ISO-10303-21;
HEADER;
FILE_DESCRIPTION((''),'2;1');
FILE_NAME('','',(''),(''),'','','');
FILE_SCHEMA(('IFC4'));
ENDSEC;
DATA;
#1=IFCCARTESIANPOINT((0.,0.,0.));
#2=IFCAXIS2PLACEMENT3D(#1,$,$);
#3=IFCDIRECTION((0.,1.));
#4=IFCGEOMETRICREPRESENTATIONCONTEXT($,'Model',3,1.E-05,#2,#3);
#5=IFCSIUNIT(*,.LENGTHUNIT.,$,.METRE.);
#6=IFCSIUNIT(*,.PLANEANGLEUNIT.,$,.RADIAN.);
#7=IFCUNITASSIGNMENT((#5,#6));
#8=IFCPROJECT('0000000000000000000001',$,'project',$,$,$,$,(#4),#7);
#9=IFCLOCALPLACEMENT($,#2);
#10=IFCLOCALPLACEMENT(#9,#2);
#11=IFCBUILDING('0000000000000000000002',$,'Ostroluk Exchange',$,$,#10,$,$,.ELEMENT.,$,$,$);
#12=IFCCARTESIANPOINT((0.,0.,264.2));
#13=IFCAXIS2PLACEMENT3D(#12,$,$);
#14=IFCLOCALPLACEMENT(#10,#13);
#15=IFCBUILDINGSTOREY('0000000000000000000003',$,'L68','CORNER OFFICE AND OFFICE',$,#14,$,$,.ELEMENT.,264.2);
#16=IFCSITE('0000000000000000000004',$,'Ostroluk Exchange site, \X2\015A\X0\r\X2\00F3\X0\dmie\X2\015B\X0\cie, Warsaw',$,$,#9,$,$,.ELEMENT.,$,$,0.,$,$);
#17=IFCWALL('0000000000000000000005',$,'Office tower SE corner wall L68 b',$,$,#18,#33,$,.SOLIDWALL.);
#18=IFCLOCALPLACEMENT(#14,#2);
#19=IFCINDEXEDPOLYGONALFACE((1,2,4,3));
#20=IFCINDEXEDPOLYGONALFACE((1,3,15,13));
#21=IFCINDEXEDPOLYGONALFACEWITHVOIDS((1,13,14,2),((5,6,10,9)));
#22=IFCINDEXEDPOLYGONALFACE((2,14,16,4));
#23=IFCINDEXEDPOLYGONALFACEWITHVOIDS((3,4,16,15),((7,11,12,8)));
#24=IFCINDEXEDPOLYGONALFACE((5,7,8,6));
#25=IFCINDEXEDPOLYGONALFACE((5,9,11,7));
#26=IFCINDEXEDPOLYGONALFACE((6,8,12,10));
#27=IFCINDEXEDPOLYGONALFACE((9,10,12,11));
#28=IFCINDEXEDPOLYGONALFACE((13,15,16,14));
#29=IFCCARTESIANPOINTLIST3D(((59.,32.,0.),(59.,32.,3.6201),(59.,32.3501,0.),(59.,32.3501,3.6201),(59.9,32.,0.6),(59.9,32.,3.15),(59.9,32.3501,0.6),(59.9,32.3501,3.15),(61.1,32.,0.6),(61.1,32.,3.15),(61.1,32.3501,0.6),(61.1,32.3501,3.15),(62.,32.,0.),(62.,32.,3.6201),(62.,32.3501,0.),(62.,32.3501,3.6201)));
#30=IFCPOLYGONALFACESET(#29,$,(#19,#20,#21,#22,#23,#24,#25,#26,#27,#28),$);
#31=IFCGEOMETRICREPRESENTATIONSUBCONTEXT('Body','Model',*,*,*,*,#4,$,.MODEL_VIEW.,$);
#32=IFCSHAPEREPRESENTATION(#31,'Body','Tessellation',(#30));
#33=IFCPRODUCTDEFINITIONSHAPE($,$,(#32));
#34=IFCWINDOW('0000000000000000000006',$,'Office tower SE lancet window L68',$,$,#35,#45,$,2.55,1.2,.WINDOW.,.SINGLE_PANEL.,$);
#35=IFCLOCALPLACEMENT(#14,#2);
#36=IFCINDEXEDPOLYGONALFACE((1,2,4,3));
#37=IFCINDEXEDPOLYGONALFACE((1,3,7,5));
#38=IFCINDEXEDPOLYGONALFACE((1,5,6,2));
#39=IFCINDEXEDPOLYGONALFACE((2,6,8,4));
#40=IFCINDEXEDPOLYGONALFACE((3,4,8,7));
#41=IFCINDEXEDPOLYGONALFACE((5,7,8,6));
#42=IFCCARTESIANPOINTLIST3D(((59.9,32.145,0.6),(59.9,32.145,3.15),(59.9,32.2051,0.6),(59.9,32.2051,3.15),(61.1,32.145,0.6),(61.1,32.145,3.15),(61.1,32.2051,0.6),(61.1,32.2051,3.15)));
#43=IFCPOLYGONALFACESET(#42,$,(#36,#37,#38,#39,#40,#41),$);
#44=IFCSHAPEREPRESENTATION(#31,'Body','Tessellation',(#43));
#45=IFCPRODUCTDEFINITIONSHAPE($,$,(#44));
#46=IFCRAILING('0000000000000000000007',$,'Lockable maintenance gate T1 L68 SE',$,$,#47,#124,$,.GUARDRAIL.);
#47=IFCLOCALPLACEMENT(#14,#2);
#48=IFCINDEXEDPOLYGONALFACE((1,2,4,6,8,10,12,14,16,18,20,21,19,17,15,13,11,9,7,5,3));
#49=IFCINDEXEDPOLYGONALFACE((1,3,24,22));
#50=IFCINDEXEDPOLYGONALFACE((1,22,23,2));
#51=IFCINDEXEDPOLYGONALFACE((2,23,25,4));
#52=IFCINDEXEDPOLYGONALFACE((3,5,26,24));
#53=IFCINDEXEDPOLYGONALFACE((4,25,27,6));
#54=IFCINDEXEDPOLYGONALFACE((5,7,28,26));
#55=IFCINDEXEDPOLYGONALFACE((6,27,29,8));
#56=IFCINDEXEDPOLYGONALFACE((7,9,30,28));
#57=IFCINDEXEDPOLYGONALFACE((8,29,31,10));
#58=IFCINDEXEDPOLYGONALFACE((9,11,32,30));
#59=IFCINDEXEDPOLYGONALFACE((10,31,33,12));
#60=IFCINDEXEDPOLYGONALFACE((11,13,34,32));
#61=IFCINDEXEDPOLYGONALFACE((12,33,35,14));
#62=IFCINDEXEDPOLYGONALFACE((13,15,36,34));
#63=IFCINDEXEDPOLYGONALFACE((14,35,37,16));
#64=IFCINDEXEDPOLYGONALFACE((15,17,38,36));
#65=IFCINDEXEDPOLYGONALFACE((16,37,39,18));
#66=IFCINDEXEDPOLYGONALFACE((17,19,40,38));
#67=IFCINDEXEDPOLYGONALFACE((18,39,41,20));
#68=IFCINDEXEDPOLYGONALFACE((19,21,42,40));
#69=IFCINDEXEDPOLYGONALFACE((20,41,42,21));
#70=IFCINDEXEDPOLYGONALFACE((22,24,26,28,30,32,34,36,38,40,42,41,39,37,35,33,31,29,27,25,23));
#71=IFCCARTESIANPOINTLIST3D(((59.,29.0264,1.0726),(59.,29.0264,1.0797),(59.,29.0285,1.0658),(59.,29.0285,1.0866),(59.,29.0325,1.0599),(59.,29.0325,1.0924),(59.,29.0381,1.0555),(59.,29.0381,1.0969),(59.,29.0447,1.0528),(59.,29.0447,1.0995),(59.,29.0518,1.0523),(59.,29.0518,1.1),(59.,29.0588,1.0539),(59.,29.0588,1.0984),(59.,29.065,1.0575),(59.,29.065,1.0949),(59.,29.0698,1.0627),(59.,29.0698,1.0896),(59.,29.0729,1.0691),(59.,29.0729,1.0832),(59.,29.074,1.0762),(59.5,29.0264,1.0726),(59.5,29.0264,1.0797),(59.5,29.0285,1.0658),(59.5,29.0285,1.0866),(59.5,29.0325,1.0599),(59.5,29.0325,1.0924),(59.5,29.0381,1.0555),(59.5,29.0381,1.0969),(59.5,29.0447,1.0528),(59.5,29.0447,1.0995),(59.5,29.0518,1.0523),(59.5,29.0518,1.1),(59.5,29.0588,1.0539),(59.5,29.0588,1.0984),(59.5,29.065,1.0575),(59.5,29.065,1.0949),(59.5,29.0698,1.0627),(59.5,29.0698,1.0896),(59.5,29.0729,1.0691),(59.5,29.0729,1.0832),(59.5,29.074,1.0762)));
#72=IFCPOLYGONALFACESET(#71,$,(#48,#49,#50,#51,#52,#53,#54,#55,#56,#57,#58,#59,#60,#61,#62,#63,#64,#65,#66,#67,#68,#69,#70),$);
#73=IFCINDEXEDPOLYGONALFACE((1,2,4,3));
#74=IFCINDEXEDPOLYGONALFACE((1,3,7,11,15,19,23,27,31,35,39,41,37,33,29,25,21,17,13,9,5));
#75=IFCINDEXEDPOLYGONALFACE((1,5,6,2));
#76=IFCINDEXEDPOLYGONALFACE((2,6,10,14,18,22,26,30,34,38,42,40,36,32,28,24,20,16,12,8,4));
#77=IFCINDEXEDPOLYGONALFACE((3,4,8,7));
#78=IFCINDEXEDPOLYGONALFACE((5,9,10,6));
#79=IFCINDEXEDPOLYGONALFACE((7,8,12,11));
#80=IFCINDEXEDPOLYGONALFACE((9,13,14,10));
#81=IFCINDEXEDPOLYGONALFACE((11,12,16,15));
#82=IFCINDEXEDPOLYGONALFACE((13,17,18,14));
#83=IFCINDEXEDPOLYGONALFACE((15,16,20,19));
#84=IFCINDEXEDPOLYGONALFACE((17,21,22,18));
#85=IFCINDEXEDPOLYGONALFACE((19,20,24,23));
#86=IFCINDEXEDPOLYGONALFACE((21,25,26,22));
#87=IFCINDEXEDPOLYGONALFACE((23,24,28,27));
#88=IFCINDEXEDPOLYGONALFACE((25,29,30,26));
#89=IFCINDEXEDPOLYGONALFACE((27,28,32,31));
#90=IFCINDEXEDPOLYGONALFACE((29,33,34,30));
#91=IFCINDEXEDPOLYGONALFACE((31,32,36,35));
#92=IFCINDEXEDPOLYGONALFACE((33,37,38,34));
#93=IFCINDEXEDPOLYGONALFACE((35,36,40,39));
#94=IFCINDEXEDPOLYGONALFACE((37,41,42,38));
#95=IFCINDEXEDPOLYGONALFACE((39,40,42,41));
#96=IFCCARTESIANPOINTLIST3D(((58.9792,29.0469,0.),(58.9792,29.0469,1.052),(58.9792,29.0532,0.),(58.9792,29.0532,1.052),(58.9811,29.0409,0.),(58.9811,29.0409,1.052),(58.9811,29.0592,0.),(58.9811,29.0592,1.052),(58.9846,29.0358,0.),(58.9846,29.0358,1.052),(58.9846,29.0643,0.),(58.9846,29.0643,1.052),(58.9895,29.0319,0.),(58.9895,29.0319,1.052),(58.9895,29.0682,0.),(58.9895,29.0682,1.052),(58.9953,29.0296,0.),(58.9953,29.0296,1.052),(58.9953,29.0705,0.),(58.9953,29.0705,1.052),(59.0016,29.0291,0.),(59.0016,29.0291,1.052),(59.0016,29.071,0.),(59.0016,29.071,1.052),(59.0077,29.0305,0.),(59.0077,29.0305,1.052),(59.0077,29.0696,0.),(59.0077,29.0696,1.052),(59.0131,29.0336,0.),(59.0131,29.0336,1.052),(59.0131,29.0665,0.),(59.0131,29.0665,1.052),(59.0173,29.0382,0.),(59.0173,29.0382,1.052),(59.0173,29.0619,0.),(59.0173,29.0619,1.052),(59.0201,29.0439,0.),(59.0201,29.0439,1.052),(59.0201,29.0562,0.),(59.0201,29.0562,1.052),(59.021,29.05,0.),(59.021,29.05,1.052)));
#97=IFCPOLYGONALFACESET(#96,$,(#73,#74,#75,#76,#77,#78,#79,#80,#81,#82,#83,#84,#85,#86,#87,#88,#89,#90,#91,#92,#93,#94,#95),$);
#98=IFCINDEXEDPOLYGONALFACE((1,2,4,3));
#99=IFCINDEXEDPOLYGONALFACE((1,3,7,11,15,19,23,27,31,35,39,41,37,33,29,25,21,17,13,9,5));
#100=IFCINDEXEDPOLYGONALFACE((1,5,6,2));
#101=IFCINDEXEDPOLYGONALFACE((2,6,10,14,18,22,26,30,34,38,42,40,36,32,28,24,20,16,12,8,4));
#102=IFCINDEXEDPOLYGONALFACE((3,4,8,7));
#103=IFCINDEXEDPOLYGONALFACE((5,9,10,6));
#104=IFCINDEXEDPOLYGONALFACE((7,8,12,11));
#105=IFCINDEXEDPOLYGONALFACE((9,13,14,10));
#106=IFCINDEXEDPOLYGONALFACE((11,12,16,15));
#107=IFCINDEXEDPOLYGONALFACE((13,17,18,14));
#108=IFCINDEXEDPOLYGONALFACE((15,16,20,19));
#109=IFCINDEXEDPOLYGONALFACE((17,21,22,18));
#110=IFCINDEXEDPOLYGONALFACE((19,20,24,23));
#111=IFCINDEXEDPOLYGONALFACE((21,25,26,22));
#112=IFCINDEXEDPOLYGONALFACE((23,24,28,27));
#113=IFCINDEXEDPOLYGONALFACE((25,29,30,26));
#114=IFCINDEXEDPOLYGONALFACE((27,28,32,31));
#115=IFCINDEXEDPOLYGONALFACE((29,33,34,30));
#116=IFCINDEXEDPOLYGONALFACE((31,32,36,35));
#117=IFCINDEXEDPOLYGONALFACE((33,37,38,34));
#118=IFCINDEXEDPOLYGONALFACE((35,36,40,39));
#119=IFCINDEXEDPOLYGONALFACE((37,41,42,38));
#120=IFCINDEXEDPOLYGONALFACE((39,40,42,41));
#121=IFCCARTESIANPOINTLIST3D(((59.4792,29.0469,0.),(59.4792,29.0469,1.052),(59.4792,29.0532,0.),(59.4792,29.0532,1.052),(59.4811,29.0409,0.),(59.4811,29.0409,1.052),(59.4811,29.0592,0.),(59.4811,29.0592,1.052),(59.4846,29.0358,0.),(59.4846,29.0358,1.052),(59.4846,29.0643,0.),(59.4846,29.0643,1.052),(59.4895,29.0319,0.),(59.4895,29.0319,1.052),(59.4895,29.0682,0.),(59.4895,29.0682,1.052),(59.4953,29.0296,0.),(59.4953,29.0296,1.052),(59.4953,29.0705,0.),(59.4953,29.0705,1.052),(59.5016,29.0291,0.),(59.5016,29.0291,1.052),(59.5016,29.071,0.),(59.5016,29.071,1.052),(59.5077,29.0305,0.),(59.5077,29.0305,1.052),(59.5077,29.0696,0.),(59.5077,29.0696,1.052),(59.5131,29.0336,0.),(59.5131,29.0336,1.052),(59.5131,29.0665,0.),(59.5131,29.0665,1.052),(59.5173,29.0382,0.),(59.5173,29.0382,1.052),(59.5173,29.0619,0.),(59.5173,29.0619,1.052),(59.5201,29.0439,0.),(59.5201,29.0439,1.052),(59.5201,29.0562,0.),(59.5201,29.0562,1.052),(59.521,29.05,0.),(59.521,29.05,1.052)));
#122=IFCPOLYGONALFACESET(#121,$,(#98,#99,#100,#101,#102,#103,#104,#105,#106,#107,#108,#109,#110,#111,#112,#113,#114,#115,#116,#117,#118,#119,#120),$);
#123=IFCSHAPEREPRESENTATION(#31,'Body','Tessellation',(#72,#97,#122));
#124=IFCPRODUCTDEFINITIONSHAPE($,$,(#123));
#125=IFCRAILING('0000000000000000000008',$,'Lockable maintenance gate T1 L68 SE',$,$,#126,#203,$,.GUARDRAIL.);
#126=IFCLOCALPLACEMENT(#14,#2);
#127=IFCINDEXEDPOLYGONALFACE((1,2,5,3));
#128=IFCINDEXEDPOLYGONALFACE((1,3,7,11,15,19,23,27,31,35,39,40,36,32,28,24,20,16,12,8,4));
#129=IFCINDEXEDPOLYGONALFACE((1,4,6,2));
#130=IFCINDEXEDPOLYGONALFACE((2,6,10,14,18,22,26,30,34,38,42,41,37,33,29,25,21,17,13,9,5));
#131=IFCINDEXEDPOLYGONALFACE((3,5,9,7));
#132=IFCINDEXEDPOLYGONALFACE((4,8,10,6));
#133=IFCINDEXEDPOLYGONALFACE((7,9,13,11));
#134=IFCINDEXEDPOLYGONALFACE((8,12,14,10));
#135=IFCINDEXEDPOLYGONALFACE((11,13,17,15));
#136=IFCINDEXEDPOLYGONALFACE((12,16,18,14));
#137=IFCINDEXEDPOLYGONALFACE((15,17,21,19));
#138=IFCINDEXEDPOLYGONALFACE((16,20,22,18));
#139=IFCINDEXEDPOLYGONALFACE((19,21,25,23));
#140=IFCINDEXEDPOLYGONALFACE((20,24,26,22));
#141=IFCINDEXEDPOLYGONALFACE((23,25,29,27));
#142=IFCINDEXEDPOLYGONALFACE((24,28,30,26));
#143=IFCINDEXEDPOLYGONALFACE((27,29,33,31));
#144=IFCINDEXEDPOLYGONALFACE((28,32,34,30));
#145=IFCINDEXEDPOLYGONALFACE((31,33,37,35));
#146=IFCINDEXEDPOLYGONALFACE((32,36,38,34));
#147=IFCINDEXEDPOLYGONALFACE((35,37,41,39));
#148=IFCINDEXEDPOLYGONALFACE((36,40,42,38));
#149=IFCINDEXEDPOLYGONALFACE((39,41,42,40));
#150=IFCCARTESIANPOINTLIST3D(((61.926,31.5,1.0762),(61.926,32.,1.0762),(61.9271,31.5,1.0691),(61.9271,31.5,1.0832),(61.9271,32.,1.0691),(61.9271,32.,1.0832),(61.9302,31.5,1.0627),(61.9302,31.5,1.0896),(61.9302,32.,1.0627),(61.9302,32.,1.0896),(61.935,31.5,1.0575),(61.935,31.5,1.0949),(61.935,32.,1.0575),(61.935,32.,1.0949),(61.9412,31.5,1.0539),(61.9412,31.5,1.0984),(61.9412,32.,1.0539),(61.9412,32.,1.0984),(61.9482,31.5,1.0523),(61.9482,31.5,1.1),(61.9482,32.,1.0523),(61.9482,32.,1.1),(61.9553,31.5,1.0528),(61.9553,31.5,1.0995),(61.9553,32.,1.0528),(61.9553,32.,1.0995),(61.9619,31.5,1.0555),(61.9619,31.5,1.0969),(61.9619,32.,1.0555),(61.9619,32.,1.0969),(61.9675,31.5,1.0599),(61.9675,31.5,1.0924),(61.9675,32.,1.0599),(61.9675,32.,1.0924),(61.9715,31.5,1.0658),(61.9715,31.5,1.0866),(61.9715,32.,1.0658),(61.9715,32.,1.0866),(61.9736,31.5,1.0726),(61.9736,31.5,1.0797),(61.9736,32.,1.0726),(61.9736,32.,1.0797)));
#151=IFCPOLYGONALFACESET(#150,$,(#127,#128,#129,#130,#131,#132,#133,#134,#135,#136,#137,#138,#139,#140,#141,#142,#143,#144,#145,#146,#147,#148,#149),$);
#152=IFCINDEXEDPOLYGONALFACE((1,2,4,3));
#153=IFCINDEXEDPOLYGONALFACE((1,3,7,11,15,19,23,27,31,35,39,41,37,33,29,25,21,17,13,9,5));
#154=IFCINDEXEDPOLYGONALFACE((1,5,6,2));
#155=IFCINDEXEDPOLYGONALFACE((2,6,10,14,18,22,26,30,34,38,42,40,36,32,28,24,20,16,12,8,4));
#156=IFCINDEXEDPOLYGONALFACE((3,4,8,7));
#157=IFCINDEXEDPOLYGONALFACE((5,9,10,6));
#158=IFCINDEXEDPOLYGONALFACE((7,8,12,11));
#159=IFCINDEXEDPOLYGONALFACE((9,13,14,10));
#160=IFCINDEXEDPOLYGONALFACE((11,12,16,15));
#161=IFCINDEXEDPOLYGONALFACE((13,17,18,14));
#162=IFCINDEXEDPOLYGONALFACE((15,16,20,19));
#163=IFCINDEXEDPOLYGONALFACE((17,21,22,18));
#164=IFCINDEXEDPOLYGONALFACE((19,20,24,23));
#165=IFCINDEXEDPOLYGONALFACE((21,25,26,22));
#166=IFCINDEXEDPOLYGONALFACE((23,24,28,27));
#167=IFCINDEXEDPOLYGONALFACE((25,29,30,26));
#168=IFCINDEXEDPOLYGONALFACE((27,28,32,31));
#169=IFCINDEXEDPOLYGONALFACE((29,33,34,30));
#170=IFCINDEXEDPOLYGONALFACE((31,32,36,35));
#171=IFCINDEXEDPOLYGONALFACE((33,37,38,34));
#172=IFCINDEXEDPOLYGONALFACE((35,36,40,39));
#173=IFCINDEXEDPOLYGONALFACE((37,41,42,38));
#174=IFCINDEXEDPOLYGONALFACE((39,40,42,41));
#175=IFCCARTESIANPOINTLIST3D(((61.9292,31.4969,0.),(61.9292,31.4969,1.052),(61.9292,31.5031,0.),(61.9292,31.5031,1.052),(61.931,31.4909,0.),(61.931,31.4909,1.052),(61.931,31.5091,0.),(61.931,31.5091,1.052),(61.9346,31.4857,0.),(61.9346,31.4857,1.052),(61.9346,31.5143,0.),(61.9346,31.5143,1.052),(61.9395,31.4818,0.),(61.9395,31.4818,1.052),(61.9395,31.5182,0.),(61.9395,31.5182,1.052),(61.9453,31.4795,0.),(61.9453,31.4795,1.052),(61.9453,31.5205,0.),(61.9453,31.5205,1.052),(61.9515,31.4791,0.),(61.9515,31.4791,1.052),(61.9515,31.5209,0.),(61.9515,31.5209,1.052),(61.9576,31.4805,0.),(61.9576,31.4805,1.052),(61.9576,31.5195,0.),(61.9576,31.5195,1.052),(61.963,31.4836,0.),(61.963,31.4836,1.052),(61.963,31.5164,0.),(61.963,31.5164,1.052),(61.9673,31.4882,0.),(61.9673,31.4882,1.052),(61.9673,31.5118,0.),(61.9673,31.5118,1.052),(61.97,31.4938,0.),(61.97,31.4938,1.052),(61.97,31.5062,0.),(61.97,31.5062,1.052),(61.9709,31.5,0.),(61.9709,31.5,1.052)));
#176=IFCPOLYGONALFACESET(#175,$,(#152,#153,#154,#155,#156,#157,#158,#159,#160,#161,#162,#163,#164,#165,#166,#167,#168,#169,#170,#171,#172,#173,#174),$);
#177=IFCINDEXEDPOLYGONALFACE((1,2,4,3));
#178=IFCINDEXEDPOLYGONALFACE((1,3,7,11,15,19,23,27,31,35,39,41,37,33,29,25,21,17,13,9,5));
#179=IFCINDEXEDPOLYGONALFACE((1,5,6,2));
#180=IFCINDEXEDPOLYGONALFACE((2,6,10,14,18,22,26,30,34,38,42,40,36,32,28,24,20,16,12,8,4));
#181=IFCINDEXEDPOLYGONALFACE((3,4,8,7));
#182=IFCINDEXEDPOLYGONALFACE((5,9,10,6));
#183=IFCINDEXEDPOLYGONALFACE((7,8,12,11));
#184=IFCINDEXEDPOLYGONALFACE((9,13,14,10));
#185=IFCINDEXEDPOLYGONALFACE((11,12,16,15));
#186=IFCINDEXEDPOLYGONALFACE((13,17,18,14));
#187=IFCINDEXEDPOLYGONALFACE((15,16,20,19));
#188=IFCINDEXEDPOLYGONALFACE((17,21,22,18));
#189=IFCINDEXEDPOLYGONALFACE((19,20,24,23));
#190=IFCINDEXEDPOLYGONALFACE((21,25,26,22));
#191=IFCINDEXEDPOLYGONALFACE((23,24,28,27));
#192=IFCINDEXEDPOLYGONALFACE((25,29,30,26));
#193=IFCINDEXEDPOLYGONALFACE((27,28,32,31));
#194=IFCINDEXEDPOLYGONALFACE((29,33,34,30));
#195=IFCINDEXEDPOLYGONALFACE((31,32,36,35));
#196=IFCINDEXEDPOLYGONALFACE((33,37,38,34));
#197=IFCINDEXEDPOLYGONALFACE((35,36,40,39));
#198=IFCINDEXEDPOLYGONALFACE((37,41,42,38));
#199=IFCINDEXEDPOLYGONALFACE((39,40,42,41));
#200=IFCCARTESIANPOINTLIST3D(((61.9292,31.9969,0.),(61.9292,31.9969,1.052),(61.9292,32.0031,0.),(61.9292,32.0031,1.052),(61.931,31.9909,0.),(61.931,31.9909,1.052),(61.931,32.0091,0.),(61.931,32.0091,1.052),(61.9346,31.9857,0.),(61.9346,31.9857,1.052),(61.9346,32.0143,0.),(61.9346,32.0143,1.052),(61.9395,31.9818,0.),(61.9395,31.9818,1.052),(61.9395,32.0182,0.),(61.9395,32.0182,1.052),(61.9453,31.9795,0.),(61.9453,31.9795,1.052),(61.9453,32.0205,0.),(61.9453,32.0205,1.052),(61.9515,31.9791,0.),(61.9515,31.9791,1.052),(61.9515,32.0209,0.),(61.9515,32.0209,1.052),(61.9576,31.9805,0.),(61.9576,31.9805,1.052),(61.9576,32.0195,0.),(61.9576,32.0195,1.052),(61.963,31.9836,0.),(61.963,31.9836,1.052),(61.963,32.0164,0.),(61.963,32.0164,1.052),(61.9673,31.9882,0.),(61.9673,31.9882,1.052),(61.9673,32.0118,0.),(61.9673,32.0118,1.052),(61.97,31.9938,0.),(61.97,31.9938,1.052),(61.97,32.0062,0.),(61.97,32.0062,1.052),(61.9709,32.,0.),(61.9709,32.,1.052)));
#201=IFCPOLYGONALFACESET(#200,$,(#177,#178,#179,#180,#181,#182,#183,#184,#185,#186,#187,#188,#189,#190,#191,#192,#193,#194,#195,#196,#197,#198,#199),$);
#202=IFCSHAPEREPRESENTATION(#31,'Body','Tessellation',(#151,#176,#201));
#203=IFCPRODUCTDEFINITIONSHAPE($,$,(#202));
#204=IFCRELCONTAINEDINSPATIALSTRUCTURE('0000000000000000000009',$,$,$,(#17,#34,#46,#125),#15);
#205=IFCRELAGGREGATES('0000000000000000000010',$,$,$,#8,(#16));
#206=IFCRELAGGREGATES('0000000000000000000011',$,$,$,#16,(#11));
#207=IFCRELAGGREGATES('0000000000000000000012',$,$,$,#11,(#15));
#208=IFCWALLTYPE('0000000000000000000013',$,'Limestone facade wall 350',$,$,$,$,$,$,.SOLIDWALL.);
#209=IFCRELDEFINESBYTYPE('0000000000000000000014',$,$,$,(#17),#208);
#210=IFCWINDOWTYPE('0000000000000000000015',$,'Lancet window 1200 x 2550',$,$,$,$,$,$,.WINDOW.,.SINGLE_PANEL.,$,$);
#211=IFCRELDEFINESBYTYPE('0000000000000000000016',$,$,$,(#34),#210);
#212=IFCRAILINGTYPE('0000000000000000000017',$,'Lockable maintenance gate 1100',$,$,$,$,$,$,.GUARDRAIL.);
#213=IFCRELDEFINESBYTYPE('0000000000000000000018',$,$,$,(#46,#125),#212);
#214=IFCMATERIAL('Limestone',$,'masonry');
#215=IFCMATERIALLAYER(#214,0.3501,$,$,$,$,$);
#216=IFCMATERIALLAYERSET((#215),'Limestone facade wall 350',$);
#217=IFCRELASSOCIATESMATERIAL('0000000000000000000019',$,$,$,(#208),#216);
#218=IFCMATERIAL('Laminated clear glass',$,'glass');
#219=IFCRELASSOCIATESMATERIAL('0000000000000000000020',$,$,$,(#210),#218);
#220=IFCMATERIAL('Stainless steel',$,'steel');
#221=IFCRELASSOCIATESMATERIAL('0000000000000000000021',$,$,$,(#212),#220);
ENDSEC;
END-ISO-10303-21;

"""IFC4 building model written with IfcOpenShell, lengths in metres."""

from ifc_helpers import new_model, si_unit, direction, frame, frame_2d, origin, origin_2d, place, context, subcontext, project, spatial, rectangle, circle, extrude, material, layer, layer_set, type_object, element, fill, save


model = new_model("IFC4")

# Units and contexts
model_context = context("Model", 3, precision=1e-05, world=origin(), true_north=direction((0.0, 1.0)))
body_context = subcontext(model_context, "Body", "Model", "MODEL_VIEW")
ifc_project = project(units=[si_unit("LENGTHUNIT", "METRE"), si_unit("PLANEANGLEUNIT", "RADIAN")], contexts=[model_context])

# Site, building, storey
site_placement = place(None, origin())
site = spatial("IfcSite", under=ifc_project, at=site_placement, Name="Ostroluk Exchange site, Śródmieście, Warsaw", CompositionType="ELEMENT", RefElevation=0.0)
building_placement = place(site_placement, origin())
building = spatial("IfcBuilding", under=site, at=building_placement, Name="Ostroluk Exchange", CompositionType="ELEMENT")
storey_placement = place(building_placement, frame((0.0, 0.0, 264.2)))
storey = spatial("IfcBuildingStorey", under=building, at=storey_placement, Name="L68", Description="CORNER OFFICE AND OFFICE", CompositionType="ELEMENT", Elevation=264.2)

# Shared definitions
ifc_material_1 = material(Name="Limestone", Category="masonry")
ifc_layer_1 = layer(ifc_material_1, 0.3501)
ifc_layer_set_1 = layer_set([ifc_layer_1], Name="Limestone facade wall 350")
wall_type = type_object("IfcWallType", Name="Limestone facade wall 350", PredefinedType="SOLIDWALL", material=ifc_layer_set_1)

# Wall, opening, window
wall_1_placement = place(storey_placement, frame((59.0, 32.175, 0.0), z_axis=(0.0, 0.0, 1.0), x_axis=(1.0, 0.0, 0.0)))
wall_1 = element("IfcWall", 1, at=wall_1_placement, inside=storey, type_object=wall_type, Name="Office tower SE corner wall L68 b", PredefinedType="SOLIDWALL", context=body_context, shape_type="SweptSolid", body=[
    extrude(rectangle(XDim=3.0, YDim=0.3501, at=frame_2d((1.5, 0.0))), origin(), (0.0, 0.0, 1.0), 3.6201),
])
opening_1_placement = place(wall_1_placement, frame((0.8999, 0.0, 0.6001)))
opening_1 = element("IfcOpeningElement", 2, at=opening_1_placement, cuts=wall_1, PredefinedType="OPENING", context=body_context, shape_type="SweptSolid", body=[
    extrude(rectangle(XDim=1.2, YDim=2.55, at=frame_2d((0.6001, 1.2749))), frame((0.0, 0.1851, 0.0), z_axis=(0.0, -1.0, 0.0), x_axis=(1.0, 0.0, 0.0)), (0.0, 0.0, 1.0), 0.3701),
])
ifc_material_2 = material(Name="Laminated clear glass", Category="glass")
window_type = type_object("IfcWindowType", Name="Lancet window 1200 x 2550", PartitioningType="SINGLE_PANEL", PredefinedType="WINDOW", material=ifc_material_2)
window_placement = place(opening_1_placement, origin())
window = element("IfcWindow", 3, at=window_placement, inside=storey, type_object=window_type, Name="Office tower SE lancet window L68", OverallHeight=2.55, OverallWidth=1.2, PartitioningType="SINGLE_PANEL", PredefinedType="WINDOW", context=body_context, shape_type="SweptSolid", body=[
    extrude(rectangle(XDim=1.2, YDim=2.55, at=frame_2d((0.6001, 1.2749))), frame((0.0, 0.03, 0.0), z_axis=(0.0, -1.0, 0.0), x_axis=(1.0, 0.0, 0.0)), (0.0, 0.0, 1.0), 0.0601),
])
fill(opening_1, window)

# Railings
ifc_material_3 = material(Name="Stainless steel", Category="steel")
railing_type_1 = type_object("IfcRailingType", Name="Lockable maintenance gate 1100", PredefinedType="GUARDRAIL", material=ifc_material_3)
railing_1_placement = place(storey_placement, frame((59.0, 29.05, 0.0)))
element("IfcRailing", 4, at=railing_1_placement, inside=storey, type_object=railing_type_1, Name="Lockable maintenance gate T1 L68 SE", PredefinedType="GUARDRAIL", context=body_context, shape_type="SweptSolid", body=[
    extrude(circle(Radius=0.0239, at=origin_2d()), frame((0.0, 0.0, 1.0762), z_axis=(1.0, 0.0, 0.0), x_axis=(0.0, 1.0, 0.0)), (0.0, 0.0, 1.0), 0.5),
    extrude(circle(Radius=0.021, at=origin_2d()), origin(), (0.0, 0.0, 1.0), 1.052),
    extrude(circle(Radius=0.021, at=origin_2d()), frame((0.5, 0.0, 0.0)), (0.0, 0.0, 1.0), 1.052),
])
railing_2_placement = place(storey_placement, frame((61.95, 31.5, 0.0)))
element("IfcRailing", 5, at=railing_2_placement, inside=storey, type_object=railing_type_1, Name="Lockable maintenance gate T1 L68 SE", PredefinedType="GUARDRAIL", context=body_context, shape_type="SweptSolid", body=[
    extrude(circle(Radius=0.0239, at=origin_2d()), frame((0.0, 0.0, 1.0762), z_axis=(0.0, 1.0, 0.0), x_axis=(-1.0, 0.0, 0.0)), (0.0, 0.0, 1.0), 0.5),
    extrude(circle(Radius=0.021, at=origin_2d()), origin(), (0.0, 0.0, 1.0), 1.052),
    extrude(circle(Radius=0.021, at=origin_2d()), frame((0.0, 0.5, 0.0)), (0.0, 0.0, 1.0), 1.052),
])

save(model, "model.ifc")
